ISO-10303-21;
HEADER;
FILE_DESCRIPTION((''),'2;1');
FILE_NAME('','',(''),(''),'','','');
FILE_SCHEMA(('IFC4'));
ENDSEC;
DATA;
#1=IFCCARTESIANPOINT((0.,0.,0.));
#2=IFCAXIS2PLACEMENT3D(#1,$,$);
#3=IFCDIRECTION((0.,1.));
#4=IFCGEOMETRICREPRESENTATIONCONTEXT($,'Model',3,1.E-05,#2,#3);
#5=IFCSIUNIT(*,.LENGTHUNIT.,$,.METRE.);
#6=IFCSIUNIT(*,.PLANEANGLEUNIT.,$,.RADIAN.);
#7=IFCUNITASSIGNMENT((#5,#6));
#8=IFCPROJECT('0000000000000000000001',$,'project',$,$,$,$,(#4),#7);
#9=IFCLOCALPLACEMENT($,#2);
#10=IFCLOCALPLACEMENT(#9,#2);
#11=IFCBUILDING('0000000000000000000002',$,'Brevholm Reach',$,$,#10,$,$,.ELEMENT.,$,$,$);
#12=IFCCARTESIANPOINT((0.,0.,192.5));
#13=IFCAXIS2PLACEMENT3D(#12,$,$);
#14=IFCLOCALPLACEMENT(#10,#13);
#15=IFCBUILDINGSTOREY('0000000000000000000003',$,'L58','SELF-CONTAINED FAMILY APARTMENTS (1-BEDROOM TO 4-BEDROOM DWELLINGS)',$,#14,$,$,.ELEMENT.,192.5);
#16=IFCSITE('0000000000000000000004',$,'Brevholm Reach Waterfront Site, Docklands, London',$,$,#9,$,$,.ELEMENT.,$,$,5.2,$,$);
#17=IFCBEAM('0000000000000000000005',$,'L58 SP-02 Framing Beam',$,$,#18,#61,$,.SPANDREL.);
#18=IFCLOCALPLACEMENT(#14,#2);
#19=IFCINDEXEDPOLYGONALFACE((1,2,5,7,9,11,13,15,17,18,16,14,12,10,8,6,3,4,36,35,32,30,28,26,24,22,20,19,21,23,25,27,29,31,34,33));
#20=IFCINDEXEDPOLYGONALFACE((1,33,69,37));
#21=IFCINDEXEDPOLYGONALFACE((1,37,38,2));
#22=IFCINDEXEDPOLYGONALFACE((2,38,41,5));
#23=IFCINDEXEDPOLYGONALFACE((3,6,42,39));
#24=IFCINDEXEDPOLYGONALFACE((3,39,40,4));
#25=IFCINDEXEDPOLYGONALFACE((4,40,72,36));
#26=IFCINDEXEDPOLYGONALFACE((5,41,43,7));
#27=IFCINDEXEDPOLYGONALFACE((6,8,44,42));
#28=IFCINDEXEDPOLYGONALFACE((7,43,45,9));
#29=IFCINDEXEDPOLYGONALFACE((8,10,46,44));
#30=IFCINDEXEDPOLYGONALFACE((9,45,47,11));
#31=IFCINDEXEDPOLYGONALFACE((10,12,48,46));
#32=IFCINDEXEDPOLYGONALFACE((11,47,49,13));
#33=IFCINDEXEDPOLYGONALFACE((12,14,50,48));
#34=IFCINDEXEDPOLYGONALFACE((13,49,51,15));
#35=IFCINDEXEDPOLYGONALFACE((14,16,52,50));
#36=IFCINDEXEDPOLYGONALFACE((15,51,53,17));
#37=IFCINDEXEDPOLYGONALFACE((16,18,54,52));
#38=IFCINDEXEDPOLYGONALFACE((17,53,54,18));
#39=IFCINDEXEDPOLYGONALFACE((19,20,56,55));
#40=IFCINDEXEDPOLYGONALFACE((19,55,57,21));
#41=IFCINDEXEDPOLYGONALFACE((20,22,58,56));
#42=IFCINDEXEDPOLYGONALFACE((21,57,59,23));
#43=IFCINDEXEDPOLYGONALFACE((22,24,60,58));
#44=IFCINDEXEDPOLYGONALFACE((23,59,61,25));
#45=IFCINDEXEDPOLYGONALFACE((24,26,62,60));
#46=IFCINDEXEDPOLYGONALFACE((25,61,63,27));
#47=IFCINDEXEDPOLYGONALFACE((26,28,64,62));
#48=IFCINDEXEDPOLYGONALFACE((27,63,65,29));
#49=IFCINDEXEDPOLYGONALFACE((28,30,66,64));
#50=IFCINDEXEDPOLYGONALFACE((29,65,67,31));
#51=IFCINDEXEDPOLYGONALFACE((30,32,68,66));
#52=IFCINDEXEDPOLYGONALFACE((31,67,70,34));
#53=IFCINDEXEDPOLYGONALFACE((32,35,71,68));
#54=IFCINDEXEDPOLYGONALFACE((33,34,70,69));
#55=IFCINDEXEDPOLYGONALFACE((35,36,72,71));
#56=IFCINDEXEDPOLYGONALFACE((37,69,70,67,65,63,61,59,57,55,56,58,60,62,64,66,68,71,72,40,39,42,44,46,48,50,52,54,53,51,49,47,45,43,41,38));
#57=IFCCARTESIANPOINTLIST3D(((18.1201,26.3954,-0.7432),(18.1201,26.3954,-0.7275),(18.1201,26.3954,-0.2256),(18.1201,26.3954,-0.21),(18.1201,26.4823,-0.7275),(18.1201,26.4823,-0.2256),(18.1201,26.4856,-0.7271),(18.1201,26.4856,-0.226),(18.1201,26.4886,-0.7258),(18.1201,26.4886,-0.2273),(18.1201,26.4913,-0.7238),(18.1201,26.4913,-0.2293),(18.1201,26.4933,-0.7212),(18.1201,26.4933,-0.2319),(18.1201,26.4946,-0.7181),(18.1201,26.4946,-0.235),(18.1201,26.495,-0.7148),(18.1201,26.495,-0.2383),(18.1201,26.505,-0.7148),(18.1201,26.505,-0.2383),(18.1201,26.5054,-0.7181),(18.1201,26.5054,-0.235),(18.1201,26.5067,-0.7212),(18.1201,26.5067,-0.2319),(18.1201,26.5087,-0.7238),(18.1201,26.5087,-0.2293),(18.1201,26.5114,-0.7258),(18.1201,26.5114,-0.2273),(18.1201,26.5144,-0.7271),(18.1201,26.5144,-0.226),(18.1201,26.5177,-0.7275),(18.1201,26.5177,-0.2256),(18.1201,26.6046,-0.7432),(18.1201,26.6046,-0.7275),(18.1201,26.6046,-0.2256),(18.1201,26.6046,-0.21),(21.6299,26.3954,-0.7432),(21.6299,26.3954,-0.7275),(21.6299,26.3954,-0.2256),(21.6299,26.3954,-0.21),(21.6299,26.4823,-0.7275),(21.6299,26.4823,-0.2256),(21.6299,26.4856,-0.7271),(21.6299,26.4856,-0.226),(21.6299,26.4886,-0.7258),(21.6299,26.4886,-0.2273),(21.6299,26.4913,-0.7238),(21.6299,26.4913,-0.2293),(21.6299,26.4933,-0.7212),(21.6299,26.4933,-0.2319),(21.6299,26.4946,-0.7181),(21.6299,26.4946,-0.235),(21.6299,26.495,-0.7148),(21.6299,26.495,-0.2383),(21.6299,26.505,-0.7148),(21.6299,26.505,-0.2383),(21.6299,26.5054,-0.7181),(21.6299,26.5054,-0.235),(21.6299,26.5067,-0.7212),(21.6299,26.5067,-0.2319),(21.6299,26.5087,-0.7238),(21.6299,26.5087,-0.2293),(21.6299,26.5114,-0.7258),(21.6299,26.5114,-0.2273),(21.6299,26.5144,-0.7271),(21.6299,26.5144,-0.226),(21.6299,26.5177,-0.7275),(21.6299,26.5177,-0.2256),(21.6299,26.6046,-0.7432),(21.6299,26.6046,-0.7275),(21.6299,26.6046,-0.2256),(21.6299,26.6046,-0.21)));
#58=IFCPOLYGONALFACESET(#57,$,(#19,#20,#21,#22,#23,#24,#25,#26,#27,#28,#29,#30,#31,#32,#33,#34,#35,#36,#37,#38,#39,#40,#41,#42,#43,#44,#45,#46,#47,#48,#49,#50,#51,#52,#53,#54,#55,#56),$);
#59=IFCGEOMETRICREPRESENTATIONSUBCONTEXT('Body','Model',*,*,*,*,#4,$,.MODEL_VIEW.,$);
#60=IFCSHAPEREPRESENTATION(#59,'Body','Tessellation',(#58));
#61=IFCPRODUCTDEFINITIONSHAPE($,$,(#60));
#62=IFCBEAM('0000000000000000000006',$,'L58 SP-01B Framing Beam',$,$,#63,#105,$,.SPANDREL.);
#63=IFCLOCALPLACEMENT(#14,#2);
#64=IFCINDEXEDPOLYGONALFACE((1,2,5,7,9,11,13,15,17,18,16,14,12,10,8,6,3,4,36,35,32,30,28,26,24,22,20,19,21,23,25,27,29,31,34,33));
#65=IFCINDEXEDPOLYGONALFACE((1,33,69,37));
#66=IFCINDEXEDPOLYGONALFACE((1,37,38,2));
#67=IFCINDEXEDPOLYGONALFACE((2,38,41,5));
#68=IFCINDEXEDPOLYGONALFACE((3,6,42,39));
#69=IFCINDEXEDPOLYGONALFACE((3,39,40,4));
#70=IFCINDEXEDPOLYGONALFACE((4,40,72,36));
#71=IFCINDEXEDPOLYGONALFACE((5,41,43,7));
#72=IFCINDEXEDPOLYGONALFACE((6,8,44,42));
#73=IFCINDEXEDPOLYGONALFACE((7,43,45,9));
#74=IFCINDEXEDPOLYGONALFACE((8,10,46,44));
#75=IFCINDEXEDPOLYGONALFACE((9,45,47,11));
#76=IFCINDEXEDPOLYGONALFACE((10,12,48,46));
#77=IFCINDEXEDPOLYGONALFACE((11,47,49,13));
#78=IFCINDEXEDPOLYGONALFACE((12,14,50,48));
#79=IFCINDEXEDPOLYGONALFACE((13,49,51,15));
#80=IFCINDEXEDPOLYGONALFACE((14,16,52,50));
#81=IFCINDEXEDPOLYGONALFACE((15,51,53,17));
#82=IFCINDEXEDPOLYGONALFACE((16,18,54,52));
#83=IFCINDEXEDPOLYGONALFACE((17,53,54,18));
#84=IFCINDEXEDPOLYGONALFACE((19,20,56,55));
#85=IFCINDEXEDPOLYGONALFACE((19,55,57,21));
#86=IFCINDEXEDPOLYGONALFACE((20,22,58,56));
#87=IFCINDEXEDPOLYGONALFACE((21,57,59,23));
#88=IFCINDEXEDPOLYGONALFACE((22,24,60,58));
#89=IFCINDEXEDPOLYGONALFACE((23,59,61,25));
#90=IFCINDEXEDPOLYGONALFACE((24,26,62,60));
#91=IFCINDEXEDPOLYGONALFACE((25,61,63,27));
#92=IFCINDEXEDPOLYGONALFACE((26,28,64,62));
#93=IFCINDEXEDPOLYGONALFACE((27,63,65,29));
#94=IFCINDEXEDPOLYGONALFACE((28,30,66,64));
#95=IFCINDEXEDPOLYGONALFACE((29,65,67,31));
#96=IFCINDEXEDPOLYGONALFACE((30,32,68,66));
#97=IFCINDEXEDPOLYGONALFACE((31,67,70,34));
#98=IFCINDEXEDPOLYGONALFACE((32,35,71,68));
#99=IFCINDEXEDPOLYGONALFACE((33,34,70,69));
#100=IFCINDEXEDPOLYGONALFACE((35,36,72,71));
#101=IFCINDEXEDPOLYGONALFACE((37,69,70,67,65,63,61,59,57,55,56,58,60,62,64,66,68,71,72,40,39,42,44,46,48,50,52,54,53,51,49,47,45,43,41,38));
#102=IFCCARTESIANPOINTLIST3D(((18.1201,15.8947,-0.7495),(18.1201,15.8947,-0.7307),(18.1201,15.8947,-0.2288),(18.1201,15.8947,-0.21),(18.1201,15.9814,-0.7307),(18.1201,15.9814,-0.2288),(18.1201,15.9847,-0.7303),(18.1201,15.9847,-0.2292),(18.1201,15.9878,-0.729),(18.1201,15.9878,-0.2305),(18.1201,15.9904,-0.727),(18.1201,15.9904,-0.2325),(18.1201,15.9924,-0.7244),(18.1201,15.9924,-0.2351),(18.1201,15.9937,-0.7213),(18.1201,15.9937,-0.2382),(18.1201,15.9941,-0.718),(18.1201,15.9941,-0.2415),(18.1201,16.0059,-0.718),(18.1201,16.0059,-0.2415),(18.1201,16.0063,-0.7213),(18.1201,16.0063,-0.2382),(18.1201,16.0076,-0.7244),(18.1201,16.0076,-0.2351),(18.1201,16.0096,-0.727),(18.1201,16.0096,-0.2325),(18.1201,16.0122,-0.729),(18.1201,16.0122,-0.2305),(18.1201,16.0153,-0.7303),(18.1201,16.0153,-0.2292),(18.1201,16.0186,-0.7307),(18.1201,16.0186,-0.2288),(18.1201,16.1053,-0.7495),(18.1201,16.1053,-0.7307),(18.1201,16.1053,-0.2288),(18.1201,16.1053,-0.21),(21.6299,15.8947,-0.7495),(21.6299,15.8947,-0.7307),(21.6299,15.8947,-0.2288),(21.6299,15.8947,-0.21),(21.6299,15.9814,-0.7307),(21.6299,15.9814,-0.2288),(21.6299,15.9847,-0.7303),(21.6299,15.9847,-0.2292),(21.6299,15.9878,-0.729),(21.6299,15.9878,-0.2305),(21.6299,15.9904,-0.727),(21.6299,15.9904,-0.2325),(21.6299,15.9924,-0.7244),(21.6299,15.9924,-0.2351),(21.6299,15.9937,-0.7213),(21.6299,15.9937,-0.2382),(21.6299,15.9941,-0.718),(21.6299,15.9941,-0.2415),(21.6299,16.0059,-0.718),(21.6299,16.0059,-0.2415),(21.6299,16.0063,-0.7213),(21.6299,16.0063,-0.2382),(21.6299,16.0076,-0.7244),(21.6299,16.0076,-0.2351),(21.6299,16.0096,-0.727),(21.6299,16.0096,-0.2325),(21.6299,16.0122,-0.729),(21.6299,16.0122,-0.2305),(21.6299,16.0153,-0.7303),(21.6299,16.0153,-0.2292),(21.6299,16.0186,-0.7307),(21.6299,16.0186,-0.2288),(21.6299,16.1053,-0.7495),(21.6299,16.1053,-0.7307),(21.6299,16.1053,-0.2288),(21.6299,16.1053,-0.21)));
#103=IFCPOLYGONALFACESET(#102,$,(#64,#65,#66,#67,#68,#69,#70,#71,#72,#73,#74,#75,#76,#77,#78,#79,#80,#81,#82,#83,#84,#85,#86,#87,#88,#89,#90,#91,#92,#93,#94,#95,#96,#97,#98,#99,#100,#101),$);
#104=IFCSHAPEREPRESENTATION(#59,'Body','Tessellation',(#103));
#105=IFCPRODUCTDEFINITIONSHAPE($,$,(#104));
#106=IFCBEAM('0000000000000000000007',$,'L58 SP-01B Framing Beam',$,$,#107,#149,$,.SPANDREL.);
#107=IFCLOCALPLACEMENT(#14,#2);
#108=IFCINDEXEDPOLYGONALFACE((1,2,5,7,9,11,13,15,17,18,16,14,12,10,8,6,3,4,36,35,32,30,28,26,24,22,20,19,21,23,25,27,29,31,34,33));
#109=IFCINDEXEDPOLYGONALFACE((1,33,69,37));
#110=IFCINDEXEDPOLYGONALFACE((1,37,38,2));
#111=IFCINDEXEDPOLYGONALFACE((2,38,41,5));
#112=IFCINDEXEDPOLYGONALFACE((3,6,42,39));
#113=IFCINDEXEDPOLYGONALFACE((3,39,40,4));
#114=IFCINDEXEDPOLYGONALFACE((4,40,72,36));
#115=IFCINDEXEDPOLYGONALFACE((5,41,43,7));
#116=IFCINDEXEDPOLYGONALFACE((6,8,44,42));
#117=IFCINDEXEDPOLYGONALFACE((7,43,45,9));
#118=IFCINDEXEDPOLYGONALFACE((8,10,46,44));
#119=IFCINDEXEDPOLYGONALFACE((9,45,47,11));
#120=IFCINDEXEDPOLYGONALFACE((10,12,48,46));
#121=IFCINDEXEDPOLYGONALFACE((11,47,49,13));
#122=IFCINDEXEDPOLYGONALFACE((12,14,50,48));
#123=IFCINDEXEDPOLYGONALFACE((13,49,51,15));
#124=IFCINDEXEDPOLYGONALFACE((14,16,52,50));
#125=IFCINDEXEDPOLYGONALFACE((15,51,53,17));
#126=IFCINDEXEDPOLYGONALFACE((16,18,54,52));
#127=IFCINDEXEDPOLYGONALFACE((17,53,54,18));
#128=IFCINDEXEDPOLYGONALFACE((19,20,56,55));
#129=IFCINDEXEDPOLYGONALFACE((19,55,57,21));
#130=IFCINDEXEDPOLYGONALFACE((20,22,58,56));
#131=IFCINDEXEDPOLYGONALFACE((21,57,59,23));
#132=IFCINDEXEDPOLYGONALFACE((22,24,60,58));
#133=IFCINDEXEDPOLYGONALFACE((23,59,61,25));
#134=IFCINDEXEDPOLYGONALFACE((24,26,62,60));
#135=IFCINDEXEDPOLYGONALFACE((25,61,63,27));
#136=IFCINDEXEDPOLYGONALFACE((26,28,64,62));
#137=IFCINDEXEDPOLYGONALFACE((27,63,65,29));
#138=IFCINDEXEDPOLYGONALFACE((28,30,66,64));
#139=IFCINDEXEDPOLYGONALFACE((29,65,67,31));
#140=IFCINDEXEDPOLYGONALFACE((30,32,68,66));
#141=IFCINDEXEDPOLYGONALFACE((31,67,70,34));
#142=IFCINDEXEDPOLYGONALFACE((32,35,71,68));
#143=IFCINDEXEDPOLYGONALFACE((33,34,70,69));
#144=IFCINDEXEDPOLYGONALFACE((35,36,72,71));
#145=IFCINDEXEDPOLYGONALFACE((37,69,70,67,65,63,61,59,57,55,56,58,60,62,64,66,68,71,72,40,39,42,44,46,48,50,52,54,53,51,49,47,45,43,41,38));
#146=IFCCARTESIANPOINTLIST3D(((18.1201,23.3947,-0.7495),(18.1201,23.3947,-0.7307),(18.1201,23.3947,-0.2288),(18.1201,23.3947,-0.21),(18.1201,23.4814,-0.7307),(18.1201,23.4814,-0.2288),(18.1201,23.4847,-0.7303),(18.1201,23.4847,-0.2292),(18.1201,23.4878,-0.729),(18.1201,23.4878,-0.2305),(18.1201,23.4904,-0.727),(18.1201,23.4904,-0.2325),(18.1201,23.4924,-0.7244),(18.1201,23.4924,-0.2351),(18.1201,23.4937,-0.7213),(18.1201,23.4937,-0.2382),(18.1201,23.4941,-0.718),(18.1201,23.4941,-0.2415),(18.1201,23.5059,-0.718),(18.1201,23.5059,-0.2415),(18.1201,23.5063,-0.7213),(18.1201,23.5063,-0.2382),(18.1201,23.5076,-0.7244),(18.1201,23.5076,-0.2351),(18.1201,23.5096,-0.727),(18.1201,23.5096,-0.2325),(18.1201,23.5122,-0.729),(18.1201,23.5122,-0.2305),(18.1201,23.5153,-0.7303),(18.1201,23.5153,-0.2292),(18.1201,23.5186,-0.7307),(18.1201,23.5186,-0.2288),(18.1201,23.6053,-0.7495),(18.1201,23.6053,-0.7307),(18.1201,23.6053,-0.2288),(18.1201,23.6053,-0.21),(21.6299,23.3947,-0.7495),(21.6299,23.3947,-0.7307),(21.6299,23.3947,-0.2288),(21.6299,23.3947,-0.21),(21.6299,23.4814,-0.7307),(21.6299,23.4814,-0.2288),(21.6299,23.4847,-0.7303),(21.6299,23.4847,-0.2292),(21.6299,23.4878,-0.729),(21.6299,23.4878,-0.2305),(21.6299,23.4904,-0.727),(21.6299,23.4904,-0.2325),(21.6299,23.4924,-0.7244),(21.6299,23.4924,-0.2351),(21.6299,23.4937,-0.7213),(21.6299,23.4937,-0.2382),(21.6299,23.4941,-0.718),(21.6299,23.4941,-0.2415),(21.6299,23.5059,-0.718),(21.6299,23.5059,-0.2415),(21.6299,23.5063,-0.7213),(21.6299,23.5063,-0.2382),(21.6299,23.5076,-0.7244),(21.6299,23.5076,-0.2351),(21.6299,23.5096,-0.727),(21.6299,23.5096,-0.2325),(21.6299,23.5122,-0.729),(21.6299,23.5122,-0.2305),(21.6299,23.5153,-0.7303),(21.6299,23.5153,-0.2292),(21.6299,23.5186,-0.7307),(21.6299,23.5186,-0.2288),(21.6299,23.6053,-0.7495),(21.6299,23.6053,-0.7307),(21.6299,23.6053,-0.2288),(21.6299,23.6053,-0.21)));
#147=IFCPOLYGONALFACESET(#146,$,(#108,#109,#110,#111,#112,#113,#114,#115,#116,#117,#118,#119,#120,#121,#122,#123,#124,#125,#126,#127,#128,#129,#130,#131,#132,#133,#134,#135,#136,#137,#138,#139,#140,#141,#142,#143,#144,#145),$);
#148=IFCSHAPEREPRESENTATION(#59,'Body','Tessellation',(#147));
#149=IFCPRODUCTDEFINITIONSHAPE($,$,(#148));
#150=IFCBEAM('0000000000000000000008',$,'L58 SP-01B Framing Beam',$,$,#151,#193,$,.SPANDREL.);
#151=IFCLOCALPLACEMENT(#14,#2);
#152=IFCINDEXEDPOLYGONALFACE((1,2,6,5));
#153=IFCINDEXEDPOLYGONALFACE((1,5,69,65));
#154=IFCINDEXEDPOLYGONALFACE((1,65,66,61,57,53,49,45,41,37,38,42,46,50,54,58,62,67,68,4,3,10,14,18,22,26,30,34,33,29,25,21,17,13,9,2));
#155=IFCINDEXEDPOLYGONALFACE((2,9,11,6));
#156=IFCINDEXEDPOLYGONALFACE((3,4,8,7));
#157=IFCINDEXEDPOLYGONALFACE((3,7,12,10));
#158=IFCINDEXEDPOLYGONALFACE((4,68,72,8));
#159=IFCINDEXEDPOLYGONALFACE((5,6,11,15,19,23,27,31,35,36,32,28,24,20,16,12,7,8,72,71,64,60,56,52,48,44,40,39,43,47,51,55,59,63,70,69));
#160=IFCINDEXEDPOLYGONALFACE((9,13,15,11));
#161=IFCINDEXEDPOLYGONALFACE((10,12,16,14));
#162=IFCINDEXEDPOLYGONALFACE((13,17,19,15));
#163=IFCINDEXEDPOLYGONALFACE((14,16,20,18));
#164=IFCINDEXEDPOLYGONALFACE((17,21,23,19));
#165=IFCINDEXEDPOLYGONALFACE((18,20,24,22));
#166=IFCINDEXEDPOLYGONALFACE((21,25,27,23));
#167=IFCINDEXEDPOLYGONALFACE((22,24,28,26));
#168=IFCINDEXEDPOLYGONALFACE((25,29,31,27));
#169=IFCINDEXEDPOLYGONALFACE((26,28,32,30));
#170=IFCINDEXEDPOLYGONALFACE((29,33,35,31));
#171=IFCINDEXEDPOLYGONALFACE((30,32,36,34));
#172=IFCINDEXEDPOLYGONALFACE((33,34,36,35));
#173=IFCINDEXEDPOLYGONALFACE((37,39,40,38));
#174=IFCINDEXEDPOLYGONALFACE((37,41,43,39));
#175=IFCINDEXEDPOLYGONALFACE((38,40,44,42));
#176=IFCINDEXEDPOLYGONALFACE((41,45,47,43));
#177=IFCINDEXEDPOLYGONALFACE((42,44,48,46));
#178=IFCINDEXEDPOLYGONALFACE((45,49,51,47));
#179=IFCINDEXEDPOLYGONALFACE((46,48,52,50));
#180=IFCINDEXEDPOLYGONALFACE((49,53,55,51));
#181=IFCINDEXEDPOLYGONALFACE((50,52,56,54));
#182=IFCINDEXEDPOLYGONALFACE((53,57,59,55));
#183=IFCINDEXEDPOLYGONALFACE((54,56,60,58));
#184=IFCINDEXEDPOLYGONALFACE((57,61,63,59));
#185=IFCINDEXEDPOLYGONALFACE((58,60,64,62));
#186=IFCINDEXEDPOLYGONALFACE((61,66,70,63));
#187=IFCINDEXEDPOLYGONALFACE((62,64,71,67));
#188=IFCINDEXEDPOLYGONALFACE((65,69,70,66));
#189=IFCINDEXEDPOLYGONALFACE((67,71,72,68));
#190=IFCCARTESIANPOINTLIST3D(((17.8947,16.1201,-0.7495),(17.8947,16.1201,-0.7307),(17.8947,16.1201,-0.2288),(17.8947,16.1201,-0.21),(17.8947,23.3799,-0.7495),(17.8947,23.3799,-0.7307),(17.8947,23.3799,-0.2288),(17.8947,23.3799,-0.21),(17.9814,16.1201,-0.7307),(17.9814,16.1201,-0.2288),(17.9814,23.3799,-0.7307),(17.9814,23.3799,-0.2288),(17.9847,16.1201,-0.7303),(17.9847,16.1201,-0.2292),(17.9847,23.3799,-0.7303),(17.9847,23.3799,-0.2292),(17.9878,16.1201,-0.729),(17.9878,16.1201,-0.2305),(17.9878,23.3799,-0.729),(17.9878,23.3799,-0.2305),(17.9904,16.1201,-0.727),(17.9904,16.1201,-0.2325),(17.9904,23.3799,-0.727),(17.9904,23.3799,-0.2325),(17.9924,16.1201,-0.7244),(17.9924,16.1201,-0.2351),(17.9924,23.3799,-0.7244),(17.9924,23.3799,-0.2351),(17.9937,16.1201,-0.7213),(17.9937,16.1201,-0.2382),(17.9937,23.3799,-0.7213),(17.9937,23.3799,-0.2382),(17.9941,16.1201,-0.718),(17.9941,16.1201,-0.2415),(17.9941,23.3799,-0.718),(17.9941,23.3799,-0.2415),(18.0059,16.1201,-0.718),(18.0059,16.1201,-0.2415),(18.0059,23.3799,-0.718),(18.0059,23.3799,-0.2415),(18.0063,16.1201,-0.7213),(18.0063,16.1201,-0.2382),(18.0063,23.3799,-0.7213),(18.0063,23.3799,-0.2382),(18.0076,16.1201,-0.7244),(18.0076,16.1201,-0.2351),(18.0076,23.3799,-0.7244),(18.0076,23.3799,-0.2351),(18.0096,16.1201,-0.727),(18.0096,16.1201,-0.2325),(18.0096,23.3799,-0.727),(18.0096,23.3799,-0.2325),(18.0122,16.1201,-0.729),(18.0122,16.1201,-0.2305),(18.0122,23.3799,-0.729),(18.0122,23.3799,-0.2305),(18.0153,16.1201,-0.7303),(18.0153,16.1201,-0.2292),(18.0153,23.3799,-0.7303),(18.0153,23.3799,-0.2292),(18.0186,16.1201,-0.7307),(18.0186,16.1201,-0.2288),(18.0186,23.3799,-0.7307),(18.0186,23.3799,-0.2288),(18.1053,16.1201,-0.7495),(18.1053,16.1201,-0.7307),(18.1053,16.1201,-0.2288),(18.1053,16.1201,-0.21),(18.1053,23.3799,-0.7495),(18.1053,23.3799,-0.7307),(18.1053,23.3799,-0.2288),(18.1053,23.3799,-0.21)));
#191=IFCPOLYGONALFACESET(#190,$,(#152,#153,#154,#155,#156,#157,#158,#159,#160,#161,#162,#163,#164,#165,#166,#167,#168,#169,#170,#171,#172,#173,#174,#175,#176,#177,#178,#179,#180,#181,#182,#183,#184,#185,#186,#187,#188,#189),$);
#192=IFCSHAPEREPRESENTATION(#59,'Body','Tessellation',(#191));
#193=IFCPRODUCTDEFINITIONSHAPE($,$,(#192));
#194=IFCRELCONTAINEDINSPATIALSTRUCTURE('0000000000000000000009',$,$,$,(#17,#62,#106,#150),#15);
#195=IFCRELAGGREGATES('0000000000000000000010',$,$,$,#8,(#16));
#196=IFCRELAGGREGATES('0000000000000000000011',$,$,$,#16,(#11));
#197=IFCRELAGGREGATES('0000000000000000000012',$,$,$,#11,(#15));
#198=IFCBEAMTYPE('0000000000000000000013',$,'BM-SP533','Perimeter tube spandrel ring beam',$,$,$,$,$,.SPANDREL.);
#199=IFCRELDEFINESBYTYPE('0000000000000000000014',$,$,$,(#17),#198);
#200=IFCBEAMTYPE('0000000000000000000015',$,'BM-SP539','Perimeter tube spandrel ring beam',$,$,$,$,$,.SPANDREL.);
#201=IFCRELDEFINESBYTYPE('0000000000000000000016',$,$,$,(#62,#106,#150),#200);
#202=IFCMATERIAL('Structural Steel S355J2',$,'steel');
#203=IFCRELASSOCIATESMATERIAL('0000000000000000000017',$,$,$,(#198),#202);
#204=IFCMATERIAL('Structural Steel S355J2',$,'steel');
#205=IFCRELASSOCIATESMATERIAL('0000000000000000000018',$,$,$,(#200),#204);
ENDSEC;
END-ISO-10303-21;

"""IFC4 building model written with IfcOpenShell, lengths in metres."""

from ifc_helpers import new_model, si_unit, direction, frame, origin, origin_2d, place, context, subcontext, project, spatial, i_section, extrude, material, material_profile, profile_set, type_object, element, save


model = new_model("IFC4")

# Units and contexts
model_context = context("Model", 3, precision=1e-05, world=origin(), true_north=direction((0.0, 1.0)))
body_context = subcontext(model_context, "Body", "Model", "MODEL_VIEW")
ifc_project = project(units=[si_unit("LENGTHUNIT", "METRE"), si_unit("PLANEANGLEUNIT", "RADIAN")], contexts=[model_context])

# Site, building, storey
site_placement = place(None, origin())
site = spatial("IfcSite", under=ifc_project, at=site_placement, Name="Brevholm Reach Waterfront Site, Docklands, London", CompositionType="ELEMENT", RefElevation=5.2)
building_placement = place(site_placement, origin())
building = spatial("IfcBuilding", under=site, at=building_placement, Name="Brevholm Reach", CompositionType="ELEMENT")
storey_placement = place(building_placement, frame((0.0, 0.0, 192.5)))
storey = spatial("IfcBuildingStorey", under=building, at=storey_placement, Name="L58", Description="SELF-CONTAINED FAMILY APARTMENTS (1-BEDROOM TO 4-BEDROOM DWELLINGS)", CompositionType="ELEMENT", Elevation=192.5)

# Beams
ifc_material_1 = material(Name="Structural Steel S355J2", Category="steel")
ifc_material_profile_1 = material_profile(ifc_material_1, i_section(OverallWidth=0.2092, OverallDepth=0.5332, WebThickness=0.01, FlangeThickness=0.0156, FilletRadius=0.0127, at=origin_2d()), Name="UKB 533x210x92")
ifc_profile_set_1 = profile_set([ifc_material_profile_1], Name="Structural Steel S355J2")
beam_type_1 = type_object("IfcBeamType", Name="BM-SP533", Description="Perimeter tube spandrel ring beam", PredefinedType="SPANDREL", material=ifc_profile_set_1)
beam_1_placement = place(storey_placement, frame((18.1201, 26.5, -0.4766), z_axis=(1.0, 0.0, 0.0), x_axis=(0.0, 1.0, 0.0)))
element("IfcBeam", 1, at=beam_1_placement, inside=storey, type_object=beam_type_1, Name="L58 SP-02 Framing Beam", PredefinedType="SPANDREL", context=body_context, shape_type="SweptSolid", body=[
    extrude(i_section(OverallWidth=0.2092, OverallDepth=0.5332, WebThickness=0.01, FlangeThickness=0.0156, FilletRadius=0.0127, at=origin_2d()), origin(), (0.0, 0.0, 1.0), 3.5098),
])
ifc_material_2 = material(Name="Structural Steel S355J2", Category="steel")
ifc_material_profile_2 = material_profile(ifc_material_2, i_section(OverallWidth=0.2107, OverallDepth=0.5396, WebThickness=0.0117, FlangeThickness=0.0188, FilletRadius=0.0127, at=origin_2d()), Name="UKB 533x210x109")
ifc_profile_set_2 = profile_set([ifc_material_profile_2], Name="Structural Steel S355J2")
beam_type_2 = type_object("IfcBeamType", Name="BM-SP539", Description="Perimeter tube spandrel ring beam", PredefinedType="SPANDREL", material=ifc_profile_set_2)
for number, where, z_axis, x_axis, name in (
    (2, (18.1201, 16.0, -0.4797), (1.0, 0.0, 0.0), (0.0, 1.0, 0.0), "L58 SP-01B Framing Beam"),
    (3, (18.1201, 23.5, -0.4797), (1.0, 0.0, 0.0), (0.0, 1.0, 0.0), "L58 SP-01B Framing Beam"),
):
    element("IfcBeam", number, at=place(storey_placement, frame(where, z_axis=z_axis, x_axis=x_axis)), inside=storey, type_object=beam_type_2, Name=name, PredefinedType="SPANDREL", context=body_context, shape_type="SweptSolid", body=[
        extrude(i_section(OverallWidth=0.2107, OverallDepth=0.5396, WebThickness=0.0117, FlangeThickness=0.0188, FilletRadius=0.0127, at=origin_2d()), origin(), (0.0, 0.0, 1.0), 3.5098),
    ])
beam_2_placement = place(storey_placement, frame((18.0, 16.1201, -0.4797), z_axis=(0.0, 1.0, 0.0), x_axis=(-1.0, 0.0, 0.0)))
element("IfcBeam", 4, at=beam_2_placement, inside=storey, type_object=beam_type_2, Name="L58 SP-01B Framing Beam", PredefinedType="SPANDREL", context=body_context, shape_type="SweptSolid", body=[
    extrude(i_section(OverallWidth=0.2107, OverallDepth=0.5396, WebThickness=0.0117, FlangeThickness=0.0188, FilletRadius=0.0127, at=origin_2d()), origin(), (0.0, 0.0, 1.0), 7.2598),
])

save(model, "model.ifc")
